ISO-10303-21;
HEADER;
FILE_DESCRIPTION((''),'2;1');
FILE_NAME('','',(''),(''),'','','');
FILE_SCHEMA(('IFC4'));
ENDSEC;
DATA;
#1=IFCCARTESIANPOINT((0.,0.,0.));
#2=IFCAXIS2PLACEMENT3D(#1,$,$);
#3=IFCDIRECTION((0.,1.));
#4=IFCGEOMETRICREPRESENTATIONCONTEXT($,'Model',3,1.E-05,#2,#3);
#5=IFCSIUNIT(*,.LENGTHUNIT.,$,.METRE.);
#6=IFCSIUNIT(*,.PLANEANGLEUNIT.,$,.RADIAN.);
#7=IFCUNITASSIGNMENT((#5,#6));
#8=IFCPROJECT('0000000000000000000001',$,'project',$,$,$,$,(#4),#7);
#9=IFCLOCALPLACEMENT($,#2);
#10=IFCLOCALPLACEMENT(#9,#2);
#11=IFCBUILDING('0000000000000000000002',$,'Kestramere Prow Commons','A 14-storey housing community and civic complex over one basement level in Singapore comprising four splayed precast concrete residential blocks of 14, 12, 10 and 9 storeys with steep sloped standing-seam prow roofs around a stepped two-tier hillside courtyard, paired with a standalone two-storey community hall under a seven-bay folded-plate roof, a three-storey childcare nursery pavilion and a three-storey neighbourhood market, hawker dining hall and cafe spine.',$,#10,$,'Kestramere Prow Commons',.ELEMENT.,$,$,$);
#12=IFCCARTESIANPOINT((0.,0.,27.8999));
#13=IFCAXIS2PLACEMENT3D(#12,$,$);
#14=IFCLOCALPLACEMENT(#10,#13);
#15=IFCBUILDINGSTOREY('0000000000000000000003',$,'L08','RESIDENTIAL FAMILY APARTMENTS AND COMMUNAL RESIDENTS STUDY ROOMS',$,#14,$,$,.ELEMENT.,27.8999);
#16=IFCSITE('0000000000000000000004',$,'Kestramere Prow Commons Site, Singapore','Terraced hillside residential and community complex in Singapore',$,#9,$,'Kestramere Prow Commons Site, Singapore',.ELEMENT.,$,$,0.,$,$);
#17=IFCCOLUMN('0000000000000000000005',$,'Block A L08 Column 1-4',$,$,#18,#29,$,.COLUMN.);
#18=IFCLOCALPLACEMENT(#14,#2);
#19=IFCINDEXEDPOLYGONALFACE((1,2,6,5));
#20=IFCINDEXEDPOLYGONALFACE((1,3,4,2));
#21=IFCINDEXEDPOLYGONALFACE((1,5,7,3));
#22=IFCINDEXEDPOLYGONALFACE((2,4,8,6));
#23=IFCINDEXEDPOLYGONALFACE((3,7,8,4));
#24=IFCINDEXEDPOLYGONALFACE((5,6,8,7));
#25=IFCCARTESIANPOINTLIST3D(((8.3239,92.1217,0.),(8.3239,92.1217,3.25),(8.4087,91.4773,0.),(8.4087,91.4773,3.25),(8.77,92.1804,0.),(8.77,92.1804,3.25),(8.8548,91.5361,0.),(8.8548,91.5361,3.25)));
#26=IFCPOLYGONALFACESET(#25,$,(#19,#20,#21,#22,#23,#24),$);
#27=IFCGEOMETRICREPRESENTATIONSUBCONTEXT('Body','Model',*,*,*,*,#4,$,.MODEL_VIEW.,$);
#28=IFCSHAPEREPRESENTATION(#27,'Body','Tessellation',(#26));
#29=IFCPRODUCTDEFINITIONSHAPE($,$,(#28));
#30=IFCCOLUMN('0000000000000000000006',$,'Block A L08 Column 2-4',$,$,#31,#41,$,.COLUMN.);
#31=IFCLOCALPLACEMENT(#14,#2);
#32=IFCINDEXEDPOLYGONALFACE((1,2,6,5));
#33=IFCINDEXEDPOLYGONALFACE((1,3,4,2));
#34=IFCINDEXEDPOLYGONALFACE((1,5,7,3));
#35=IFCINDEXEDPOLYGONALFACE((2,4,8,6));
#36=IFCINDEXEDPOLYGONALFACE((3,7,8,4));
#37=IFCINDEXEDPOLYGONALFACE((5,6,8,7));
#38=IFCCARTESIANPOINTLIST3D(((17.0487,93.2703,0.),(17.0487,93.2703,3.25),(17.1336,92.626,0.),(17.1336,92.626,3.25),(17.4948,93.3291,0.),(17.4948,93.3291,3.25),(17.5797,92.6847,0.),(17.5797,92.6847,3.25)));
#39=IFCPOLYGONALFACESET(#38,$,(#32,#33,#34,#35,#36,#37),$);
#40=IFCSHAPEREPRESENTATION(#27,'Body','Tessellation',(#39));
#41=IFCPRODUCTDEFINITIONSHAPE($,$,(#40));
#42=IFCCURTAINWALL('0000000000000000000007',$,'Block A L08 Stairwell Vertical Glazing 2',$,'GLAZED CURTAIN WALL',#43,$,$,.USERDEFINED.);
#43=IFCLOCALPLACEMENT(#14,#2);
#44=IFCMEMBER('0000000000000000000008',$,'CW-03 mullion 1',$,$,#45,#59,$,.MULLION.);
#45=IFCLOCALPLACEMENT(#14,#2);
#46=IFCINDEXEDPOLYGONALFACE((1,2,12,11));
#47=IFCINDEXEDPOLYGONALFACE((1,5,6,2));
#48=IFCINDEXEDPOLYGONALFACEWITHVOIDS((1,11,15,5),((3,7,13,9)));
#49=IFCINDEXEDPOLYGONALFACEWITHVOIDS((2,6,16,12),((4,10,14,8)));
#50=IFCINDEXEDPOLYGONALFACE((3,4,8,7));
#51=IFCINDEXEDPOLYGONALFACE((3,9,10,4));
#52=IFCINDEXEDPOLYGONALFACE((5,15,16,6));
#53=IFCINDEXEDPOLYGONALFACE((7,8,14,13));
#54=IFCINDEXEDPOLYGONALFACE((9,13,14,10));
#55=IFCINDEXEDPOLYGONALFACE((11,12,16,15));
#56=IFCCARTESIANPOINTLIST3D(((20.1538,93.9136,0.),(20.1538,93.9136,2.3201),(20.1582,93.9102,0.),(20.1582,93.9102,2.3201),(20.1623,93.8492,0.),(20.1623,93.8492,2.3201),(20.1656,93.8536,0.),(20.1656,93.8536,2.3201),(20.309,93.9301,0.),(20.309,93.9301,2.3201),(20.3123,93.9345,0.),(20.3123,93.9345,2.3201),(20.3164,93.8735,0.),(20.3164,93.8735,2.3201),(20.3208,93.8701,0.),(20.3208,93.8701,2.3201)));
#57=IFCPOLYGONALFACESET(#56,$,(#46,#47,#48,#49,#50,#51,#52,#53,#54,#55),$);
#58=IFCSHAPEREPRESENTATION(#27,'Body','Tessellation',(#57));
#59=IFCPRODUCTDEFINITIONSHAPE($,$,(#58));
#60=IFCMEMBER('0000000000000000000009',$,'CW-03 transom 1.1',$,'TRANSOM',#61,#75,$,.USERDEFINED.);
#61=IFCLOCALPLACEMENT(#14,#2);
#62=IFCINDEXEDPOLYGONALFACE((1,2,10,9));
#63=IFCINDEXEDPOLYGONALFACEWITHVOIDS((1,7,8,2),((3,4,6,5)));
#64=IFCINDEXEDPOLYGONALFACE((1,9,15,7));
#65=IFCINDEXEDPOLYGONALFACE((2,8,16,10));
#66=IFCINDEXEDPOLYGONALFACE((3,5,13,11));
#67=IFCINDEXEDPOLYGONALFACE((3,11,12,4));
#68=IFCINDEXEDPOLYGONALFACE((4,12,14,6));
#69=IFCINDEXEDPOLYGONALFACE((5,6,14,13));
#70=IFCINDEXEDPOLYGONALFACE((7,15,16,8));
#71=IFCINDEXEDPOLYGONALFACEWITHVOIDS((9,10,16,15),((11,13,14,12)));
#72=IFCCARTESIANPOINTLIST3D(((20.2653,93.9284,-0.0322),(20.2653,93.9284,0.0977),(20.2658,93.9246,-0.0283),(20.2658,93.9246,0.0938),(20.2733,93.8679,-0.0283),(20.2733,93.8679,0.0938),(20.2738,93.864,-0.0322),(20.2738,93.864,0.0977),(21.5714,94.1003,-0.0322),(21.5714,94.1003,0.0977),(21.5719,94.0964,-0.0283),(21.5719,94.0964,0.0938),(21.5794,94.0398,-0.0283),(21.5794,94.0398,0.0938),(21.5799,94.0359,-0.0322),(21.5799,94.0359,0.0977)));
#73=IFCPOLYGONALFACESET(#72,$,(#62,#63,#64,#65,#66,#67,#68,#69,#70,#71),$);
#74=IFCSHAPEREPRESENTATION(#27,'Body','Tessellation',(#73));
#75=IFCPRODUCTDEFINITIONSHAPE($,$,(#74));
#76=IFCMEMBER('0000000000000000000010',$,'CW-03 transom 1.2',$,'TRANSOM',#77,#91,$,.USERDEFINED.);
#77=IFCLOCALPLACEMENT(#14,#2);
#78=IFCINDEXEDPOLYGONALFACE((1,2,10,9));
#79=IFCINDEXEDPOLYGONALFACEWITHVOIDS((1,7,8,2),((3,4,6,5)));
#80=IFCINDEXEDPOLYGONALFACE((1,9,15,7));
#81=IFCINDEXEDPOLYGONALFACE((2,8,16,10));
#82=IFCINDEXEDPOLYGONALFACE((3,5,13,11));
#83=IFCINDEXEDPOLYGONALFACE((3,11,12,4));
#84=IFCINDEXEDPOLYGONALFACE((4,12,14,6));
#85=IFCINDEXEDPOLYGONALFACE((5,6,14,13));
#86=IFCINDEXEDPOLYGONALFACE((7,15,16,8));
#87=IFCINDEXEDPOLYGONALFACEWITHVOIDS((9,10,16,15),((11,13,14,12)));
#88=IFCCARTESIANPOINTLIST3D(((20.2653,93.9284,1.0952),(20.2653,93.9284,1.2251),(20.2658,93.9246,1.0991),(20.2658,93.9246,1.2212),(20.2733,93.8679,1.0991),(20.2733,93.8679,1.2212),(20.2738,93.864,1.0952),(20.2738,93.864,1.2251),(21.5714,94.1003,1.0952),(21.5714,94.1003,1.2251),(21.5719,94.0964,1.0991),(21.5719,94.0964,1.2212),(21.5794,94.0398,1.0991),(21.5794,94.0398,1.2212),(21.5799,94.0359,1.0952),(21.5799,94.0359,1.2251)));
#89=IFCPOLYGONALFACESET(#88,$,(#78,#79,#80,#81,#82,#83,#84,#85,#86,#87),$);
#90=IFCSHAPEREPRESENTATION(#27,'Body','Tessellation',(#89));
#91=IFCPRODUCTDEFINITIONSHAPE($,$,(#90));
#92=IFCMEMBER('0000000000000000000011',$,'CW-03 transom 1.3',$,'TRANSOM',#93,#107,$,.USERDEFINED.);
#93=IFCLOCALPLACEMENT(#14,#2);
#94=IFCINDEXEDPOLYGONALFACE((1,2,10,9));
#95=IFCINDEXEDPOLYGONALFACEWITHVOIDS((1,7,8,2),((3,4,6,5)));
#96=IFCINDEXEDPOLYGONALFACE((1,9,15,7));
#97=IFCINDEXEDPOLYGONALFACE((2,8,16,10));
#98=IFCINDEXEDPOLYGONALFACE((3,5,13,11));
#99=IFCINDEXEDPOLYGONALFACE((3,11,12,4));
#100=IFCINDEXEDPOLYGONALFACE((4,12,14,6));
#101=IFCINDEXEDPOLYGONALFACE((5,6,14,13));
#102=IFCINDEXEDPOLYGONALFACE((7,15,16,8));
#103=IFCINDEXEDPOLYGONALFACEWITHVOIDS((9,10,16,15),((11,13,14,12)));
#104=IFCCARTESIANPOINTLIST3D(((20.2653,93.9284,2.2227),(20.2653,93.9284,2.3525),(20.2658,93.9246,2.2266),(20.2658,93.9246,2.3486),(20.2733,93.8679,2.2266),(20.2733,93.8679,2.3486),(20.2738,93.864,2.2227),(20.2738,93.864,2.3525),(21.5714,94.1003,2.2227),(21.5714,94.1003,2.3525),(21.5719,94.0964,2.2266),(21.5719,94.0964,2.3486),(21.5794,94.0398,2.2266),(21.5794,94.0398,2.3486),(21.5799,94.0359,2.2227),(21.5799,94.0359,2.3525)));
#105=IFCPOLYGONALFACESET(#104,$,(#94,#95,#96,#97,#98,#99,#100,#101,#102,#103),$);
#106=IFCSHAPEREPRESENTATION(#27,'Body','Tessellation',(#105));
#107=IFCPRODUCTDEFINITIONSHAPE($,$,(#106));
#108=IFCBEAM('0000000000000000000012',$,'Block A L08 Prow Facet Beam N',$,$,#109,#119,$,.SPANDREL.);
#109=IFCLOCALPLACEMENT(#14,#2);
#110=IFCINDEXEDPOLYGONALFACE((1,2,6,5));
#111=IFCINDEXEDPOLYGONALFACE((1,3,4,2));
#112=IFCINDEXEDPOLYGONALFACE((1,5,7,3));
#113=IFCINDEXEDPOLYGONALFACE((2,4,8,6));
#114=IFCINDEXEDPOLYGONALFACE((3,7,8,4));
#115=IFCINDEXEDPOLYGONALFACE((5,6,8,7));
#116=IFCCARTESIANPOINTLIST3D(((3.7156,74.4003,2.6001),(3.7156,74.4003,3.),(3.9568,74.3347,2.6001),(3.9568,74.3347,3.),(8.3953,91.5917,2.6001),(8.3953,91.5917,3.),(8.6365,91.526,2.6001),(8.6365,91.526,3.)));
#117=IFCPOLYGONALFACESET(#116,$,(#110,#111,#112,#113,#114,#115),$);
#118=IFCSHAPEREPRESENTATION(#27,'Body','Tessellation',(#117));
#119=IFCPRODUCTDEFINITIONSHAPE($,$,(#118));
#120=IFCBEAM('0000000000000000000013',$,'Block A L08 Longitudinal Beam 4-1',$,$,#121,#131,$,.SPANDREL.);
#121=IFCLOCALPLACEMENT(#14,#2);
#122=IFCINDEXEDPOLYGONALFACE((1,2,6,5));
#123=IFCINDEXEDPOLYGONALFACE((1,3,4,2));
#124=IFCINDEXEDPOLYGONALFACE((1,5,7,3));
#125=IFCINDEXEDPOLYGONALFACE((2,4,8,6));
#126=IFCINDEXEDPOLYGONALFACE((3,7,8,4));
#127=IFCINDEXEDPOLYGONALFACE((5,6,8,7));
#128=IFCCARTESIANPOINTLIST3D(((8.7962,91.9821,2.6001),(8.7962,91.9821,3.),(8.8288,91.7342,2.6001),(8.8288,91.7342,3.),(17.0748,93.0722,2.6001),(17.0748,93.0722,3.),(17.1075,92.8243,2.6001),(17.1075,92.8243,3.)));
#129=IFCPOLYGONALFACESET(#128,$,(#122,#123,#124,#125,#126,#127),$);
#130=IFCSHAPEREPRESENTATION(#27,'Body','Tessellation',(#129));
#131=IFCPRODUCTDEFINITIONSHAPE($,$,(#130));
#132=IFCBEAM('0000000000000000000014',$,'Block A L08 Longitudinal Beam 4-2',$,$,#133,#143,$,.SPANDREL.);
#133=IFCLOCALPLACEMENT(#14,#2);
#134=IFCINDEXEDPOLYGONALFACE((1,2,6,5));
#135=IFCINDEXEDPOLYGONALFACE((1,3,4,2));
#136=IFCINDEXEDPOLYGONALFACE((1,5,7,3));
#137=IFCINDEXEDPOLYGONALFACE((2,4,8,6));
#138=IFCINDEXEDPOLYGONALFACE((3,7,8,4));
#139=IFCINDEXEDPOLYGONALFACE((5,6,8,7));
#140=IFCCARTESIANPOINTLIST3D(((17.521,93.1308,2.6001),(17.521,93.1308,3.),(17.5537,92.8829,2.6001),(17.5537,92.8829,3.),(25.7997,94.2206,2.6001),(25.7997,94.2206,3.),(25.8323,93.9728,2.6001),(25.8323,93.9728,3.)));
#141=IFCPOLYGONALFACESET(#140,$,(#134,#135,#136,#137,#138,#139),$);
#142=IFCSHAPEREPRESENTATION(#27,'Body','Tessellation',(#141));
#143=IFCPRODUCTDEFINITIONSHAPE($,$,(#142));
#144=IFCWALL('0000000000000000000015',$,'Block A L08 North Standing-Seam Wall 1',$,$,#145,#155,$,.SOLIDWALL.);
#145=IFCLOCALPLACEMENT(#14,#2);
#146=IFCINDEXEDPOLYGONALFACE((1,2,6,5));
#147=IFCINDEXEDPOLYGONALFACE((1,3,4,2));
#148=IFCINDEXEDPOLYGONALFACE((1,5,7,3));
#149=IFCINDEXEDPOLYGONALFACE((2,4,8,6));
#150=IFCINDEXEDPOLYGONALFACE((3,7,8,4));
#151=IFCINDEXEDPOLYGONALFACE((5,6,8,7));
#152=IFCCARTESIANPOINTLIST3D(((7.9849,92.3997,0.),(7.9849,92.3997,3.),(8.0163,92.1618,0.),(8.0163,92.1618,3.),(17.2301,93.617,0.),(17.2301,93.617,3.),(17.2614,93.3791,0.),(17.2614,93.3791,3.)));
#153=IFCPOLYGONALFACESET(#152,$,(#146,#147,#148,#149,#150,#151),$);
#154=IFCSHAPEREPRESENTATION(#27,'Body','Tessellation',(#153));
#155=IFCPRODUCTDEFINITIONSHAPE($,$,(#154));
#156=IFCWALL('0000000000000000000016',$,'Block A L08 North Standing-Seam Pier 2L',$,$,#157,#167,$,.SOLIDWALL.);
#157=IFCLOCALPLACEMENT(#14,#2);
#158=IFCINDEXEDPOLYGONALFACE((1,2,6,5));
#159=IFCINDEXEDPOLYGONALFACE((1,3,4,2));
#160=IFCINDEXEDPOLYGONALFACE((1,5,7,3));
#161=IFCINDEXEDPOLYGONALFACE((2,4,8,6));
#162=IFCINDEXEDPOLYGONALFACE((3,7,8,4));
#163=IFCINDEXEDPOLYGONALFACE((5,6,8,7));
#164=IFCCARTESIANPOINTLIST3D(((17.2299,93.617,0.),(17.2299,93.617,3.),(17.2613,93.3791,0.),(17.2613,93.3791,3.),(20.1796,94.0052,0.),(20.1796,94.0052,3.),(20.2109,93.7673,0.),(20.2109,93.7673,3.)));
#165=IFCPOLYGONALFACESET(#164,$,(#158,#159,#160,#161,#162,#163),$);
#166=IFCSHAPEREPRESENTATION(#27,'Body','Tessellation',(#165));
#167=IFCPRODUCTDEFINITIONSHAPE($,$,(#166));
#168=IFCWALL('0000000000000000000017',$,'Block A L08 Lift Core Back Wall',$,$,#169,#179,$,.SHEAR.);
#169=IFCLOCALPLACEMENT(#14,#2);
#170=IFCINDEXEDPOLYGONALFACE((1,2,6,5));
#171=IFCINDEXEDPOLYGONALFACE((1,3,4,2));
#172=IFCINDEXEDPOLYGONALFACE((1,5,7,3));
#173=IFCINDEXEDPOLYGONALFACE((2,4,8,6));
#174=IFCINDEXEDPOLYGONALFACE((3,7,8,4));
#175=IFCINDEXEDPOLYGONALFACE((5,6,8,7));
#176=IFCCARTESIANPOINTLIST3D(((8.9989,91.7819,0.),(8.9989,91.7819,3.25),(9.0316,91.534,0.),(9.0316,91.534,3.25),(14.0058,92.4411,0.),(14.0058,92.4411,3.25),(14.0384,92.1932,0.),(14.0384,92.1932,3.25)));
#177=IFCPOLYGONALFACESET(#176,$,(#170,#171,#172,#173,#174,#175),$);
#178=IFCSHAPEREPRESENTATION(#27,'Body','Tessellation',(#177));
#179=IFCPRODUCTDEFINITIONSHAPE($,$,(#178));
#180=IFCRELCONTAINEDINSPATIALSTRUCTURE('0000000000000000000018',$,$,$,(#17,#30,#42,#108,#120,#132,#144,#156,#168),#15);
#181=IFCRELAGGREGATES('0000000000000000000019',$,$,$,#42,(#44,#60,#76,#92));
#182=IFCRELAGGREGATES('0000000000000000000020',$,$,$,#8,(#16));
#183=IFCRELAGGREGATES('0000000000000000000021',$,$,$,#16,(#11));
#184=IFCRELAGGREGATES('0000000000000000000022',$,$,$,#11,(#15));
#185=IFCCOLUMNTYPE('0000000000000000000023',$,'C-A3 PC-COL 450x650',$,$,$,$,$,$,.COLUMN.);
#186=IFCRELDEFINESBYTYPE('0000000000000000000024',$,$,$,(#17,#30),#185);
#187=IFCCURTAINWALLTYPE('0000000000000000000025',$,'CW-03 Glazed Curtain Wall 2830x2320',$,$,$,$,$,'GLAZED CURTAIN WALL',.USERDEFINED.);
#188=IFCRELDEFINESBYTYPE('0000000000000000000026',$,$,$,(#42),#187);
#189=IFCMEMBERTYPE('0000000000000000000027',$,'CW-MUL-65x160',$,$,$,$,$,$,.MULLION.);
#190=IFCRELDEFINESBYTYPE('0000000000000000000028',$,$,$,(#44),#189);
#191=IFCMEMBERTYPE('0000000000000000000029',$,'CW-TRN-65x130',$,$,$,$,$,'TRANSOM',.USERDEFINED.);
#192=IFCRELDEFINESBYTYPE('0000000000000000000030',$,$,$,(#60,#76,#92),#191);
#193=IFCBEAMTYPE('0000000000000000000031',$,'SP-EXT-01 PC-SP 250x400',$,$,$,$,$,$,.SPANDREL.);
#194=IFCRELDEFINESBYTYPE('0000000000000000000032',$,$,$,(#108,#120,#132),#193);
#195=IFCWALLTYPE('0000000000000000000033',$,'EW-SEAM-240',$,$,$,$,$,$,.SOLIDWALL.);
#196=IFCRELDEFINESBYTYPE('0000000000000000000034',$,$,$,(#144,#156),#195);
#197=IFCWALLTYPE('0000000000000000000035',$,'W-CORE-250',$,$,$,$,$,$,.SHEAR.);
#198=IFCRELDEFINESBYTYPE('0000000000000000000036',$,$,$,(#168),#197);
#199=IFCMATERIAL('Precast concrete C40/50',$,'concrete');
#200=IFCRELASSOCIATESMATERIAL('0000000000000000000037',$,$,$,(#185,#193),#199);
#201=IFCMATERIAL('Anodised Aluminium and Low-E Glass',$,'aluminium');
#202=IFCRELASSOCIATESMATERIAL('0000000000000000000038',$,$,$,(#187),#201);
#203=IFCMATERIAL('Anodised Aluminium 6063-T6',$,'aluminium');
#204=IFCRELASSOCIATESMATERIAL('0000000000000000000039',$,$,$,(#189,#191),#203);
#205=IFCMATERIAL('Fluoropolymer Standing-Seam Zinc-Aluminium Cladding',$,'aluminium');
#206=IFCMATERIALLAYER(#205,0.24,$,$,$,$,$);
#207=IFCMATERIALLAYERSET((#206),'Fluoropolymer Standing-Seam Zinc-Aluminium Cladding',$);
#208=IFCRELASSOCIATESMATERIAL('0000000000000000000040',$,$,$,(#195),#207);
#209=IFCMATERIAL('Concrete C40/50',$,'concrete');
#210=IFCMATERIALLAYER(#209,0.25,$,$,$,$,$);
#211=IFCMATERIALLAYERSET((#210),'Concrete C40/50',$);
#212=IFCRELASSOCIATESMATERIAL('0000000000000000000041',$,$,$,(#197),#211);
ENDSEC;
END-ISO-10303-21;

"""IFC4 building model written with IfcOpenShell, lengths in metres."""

from ifc_helpers import new_model, si_unit, direction, frame, frame_2d, origin, origin_2d, place, context, subcontext, project, spatial, rectangle, hollow_rectangle, extrude, material, layer, layer_set, material_profile, profile_set, type_object, element, aggregate, save


model = new_model("IFC4")

# Units and contexts
model_context = context("Model", 3, precision=1e-05, world=origin(), true_north=direction((0.0, 1.0)))
body_context = subcontext(model_context, "Body", "Model", "MODEL_VIEW")
ifc_project = project(units=[si_unit("LENGTHUNIT", "METRE"), si_unit("PLANEANGLEUNIT", "RADIAN")], contexts=[model_context])

# Site, building, storey
site_placement = place(None, origin())
site = spatial("IfcSite", under=ifc_project, at=site_placement, Name="Kestramere Prow Commons Site, Singapore", Description="Terraced hillside residential and community complex in Singapore", LongName="Kestramere Prow Commons Site, Singapore", CompositionType="ELEMENT", RefElevation=0.0)
building_placement = place(site_placement, origin())
building = spatial("IfcBuilding", under=site, at=building_placement, Name="Kestramere Prow Commons", Description="A 14-storey housing community and civic complex over one basement level in Singapore comprising four splayed precast concrete residential blocks of 14, 12, 10 and 9 storeys with steep sloped standing-seam prow roofs around a stepped two-tier hillside courtyard, paired with a standalone two-storey community hall under a seven-bay folded-plate roof, a three-storey childcare nursery pavilion and a three-storey neighbourhood market, hawker dining hall and cafe spine.", LongName="Kestramere Prow Commons", CompositionType="ELEMENT")
storey_placement = place(building_placement, frame((0.0, 0.0, 27.8999)))
storey = spatial("IfcBuildingStorey", under=building, at=storey_placement, Name="L08", Description="RESIDENTIAL FAMILY APARTMENTS AND COMMUNAL RESIDENTS STUDY ROOMS", CompositionType="ELEMENT", Elevation=27.8999)

# Columns
ifc_material_1 = material(Name="Precast concrete C40/50", Category="concrete")
ifc_material_profile_1 = material_profile(ifc_material_1, rectangle(XDim=0.45, YDim=0.6499, at=origin_2d()), Name="PC-COL 450x650")
ifc_profile_set_1 = profile_set([ifc_material_profile_1], Name="Precast concrete C40/50")
column_type = type_object("IfcColumnType", Name="C-A3 PC-COL 450x650", PredefinedType="COLUMN", material=ifc_profile_set_1)
for number, where, z_axis, x_axis, name in (
    (1, (8.5894, 91.8289, 0.0), (0.0, 0.0, 1.0), (0.991445, 0.130526, 0.0), "Block A L08 Column 1-4"),
    (2, (17.3142, 92.9775, 0.0), (0.0, 0.0, 1.0), (0.991445, 0.130526, 0.0), "Block A L08 Column 2-4"),
):
    element("IfcColumn", number, at=place(storey_placement, frame(where, z_axis=z_axis, x_axis=x_axis)), inside=storey, type_object=column_type, Name=name, PredefinedType="COLUMN", context=body_context, shape_type="SweptSolid", body=[
        extrude(rectangle(XDim=0.45, YDim=0.6499, at=origin_2d()), origin(), (0.0, 0.0, 1.0), 3.25),
    ])

# Curtain wall, members
ifc_material_2 = material(Name="Anodised Aluminium and Low-E Glass", Category="aluminium")
curtain_wall_type = type_object("IfcCurtainWallType", Name="CW-03 Glazed Curtain Wall 2830x2320", ElementType="GLAZED CURTAIN WALL", PredefinedType="USERDEFINED", material=ifc_material_2)
curtain_wall_placement = place(storey_placement, origin())
curtain_wall = element("IfcCurtainWall", 3, at=curtain_wall_placement, inside=storey, type_object=curtain_wall_type, Name="Block A L08 Stairwell Vertical Glazing 2", ObjectType="GLAZED CURTAIN WALL", PredefinedType="USERDEFINED")
ifc_material_3 = material(Name="Anodised Aluminium 6063-T6", Category="aluminium")
ifc_material_profile_2 = material_profile(ifc_material_3, hollow_rectangle(XDim=0.0649, YDim=0.1599, WallThickness=0.0039, at=origin_2d()), Name="ALU-MUL 65x160")
ifc_profile_set_2 = profile_set([ifc_material_profile_2], Name="Anodised Aluminium 6063-T6")
member_type_1 = type_object("IfcMemberType", Name="CW-MUL-65x160", PredefinedType="MULLION", material=ifc_profile_set_2)
member_1_placement = place(storey_placement, frame((20.2373, 93.8918, 0.0), z_axis=(0.0, 0.0, 1.0), x_axis=(-0.130526, 0.991445, 0.0)))
member_1 = element("IfcMember", 4, at=member_1_placement, type_object=member_type_1, Name="CW-03 mullion 1", PredefinedType="MULLION", context=body_context, shape_type="SweptSolid", body=[
    extrude(hollow_rectangle(XDim=0.0649, YDim=0.1599, WallThickness=0.0039, at=origin_2d()), origin(), (0.0, 0.0, 1.0), 2.3201),
])
ifc_material_profile_3 = material_profile(ifc_material_3, hollow_rectangle(XDim=0.0649, YDim=0.1299, WallThickness=0.0039, at=origin_2d()), Name="ALU-TRN 65x130")
ifc_profile_set_3 = profile_set([ifc_material_profile_3], Name="Anodised Aluminium 6063-T6")
member_type_2 = type_object("IfcMemberType", Name="CW-TRN-65x130", ElementType="TRANSOM", PredefinedType="USERDEFINED", material=ifc_profile_set_3)
member_2_placement = place(storey_placement, frame((20.2695, 93.8962, 0.0327), z_axis=(0.991453, 0.130464, 0.0), x_axis=(-0.130464, 0.991453, 0.0)))
member_2 = element("IfcMember", 5, at=member_2_placement, type_object=member_type_2, Name="CW-03 transom 1.1", ObjectType="TRANSOM", PredefinedType="USERDEFINED", context=body_context, shape_type="SweptSolid", body=[
    extrude(hollow_rectangle(XDim=0.0649, YDim=0.1299, WallThickness=0.0039, at=origin_2d()), origin(), (0.0, 0.0, 1.0), 1.3174),
])
member_3_placement = place(storey_placement, frame((20.2695, 93.8962, 1.1602), z_axis=(0.991453, 0.130464, 0.0), x_axis=(-0.130464, 0.991453, 0.0)))
member_3 = element("IfcMember", 6, at=member_3_placement, type_object=member_type_2, Name="CW-03 transom 1.2", ObjectType="TRANSOM", PredefinedType="USERDEFINED", context=body_context, shape_type="SweptSolid", body=[
    extrude(hollow_rectangle(XDim=0.0649, YDim=0.1299, WallThickness=0.0039, at=origin_2d()), origin(), (0.0, 0.0, 1.0), 1.3174),
])
member_4_placement = place(storey_placement, frame((20.2695, 93.8962, 2.2876), z_axis=(0.991453, 0.130464, 0.0), x_axis=(-0.130464, 0.991453, 0.0)))
member_4 = element("IfcMember", 7, at=member_4_placement, type_object=member_type_2, Name="CW-03 transom 1.3", ObjectType="TRANSOM", PredefinedType="USERDEFINED", context=body_context, shape_type="SweptSolid", body=[
    extrude(hollow_rectangle(XDim=0.0649, YDim=0.1299, WallThickness=0.0039, at=origin_2d()), origin(), (0.0, 0.0, 1.0), 1.3174),
])
aggregate(curtain_wall, [member_1, member_2, member_3, member_4])

# Beams
ifc_material_profile_4 = material_profile(ifc_material_1, rectangle(XDim=0.25, YDim=0.3999, at=origin_2d()), Name="PC-SP 250x400")
ifc_profile_set_4 = profile_set([ifc_material_profile_4], Name="Precast concrete C40/50")
beam_type = type_object("IfcBeamType", Name="SP-EXT-01 PC-SP 250x400", PredefinedType="SPANDREL", material=ifc_profile_set_4)
beam_placement = place(storey_placement, frame((8.5159, 91.5588, 2.8), z_axis=(-0.262654, -0.96489, 0.0), x_axis=(0.96489, -0.262654, 0.0)))
element("IfcBeam", 8, at=beam_placement, inside=storey, type_object=beam_type, Name="Block A L08 Prow Facet Beam N", PredefinedType="SPANDREL", context=body_context, shape_type="SweptSolid", body=[
    extrude(rectangle(XDim=0.25, YDim=0.3999, at=origin_2d()), origin(), (0.0, 0.0, 1.0), 17.8169),
])
for number, where, z_axis, x_axis, name in (
    (9, (8.8125, 91.8582, 2.8), (0.991442, 0.130549, 0.0), (-0.130549, 0.991442, 0.0), "Block A L08 Longitudinal Beam 4-1"),
    (10, (17.5374, 93.0068, 2.8), (0.991446, 0.13052, 0.0), (-0.13052, 0.991446, 0.0), "Block A L08 Longitudinal Beam 4-2"),
):
    element("IfcBeam", number, at=place(storey_placement, frame(where, z_axis=z_axis, x_axis=x_axis)), inside=storey, type_object=beam_type, Name=name, PredefinedType="SPANDREL", context=body_context, shape_type="SweptSolid", body=[
        extrude(rectangle(XDim=0.25, YDim=0.3999, at=origin_2d()), origin(), (0.0, 0.0, 1.0), 8.3501),
    ])

# Walls
ifc_material_4 = material(Name="Fluoropolymer Standing-Seam Zinc-Aluminium Cladding", Category="aluminium")
ifc_layer_1 = layer(ifc_material_4, 0.24)
ifc_layer_set_1 = layer_set([ifc_layer_1], Name="Fluoropolymer Standing-Seam Zinc-Aluminium Cladding")
wall_type_1 = type_object("IfcWallType", Name="EW-SEAM-240", PredefinedType="SOLIDWALL", material=ifc_layer_set_1)
wall_1_placement = place(storey_placement, frame((8.0005, 92.2808, 0.0), z_axis=(0.0, 0.0, 1.0), x_axis=(0.991443, 0.130541, 0.0)))
element("IfcWall", 11, at=wall_1_placement, inside=storey, type_object=wall_type_1, Name="Block A L08 North Standing-Seam Wall 1", PredefinedType="SOLIDWALL", context=body_context, shape_type="SweptSolid", body=[
    extrude(rectangle(XDim=9.325, YDim=0.24, at=frame_2d((4.6626, 0.0))), origin(), (0.0, 0.0, 1.0), 3.0),
])
wall_2_placement = place(storey_placement, frame((17.2456, 93.498, 0.0), z_axis=(0.0, 0.0, 1.0), x_axis=(0.991452, 0.130476, 0.0)))
element("IfcWall", 12, at=wall_2_placement, inside=storey, type_object=wall_type_1, Name="Block A L08 North Standing-Seam Pier 2L", PredefinedType="SOLIDWALL", context=body_context, shape_type="SweptSolid", body=[
    extrude(rectangle(XDim=2.9751, YDim=0.24, at=frame_2d((1.4875, 0.0))), origin(), (0.0, 0.0, 1.0), 3.0),
])
ifc_material_5 = material(Name="Concrete C40/50", Category="concrete")
ifc_layer_2 = layer(ifc_material_5, 0.25)
ifc_layer_set_2 = layer_set([ifc_layer_2], Name="Concrete C40/50")
wall_type_2 = type_object("IfcWallType", Name="W-CORE-250", PredefinedType="SHEAR", material=ifc_layer_set_2)
wall_3_placement = place(storey_placement, frame((9.0154, 91.658, 0.0), z_axis=(0.0, 0.0, 1.0), x_axis=(0.991444, 0.13053, 0.0)))
element("IfcWall", 13, at=wall_3_placement, inside=storey, type_object=wall_type_2, Name="Block A L08 Lift Core Back Wall", PredefinedType="SHEAR", context=body_context, shape_type="SweptSolid", body=[
    extrude(rectangle(XDim=5.05, YDim=0.25, at=frame_2d((2.5249, 0.0))), origin(), (0.0, 0.0, 1.0), 3.25),
])

save(model, "model.ifc")
